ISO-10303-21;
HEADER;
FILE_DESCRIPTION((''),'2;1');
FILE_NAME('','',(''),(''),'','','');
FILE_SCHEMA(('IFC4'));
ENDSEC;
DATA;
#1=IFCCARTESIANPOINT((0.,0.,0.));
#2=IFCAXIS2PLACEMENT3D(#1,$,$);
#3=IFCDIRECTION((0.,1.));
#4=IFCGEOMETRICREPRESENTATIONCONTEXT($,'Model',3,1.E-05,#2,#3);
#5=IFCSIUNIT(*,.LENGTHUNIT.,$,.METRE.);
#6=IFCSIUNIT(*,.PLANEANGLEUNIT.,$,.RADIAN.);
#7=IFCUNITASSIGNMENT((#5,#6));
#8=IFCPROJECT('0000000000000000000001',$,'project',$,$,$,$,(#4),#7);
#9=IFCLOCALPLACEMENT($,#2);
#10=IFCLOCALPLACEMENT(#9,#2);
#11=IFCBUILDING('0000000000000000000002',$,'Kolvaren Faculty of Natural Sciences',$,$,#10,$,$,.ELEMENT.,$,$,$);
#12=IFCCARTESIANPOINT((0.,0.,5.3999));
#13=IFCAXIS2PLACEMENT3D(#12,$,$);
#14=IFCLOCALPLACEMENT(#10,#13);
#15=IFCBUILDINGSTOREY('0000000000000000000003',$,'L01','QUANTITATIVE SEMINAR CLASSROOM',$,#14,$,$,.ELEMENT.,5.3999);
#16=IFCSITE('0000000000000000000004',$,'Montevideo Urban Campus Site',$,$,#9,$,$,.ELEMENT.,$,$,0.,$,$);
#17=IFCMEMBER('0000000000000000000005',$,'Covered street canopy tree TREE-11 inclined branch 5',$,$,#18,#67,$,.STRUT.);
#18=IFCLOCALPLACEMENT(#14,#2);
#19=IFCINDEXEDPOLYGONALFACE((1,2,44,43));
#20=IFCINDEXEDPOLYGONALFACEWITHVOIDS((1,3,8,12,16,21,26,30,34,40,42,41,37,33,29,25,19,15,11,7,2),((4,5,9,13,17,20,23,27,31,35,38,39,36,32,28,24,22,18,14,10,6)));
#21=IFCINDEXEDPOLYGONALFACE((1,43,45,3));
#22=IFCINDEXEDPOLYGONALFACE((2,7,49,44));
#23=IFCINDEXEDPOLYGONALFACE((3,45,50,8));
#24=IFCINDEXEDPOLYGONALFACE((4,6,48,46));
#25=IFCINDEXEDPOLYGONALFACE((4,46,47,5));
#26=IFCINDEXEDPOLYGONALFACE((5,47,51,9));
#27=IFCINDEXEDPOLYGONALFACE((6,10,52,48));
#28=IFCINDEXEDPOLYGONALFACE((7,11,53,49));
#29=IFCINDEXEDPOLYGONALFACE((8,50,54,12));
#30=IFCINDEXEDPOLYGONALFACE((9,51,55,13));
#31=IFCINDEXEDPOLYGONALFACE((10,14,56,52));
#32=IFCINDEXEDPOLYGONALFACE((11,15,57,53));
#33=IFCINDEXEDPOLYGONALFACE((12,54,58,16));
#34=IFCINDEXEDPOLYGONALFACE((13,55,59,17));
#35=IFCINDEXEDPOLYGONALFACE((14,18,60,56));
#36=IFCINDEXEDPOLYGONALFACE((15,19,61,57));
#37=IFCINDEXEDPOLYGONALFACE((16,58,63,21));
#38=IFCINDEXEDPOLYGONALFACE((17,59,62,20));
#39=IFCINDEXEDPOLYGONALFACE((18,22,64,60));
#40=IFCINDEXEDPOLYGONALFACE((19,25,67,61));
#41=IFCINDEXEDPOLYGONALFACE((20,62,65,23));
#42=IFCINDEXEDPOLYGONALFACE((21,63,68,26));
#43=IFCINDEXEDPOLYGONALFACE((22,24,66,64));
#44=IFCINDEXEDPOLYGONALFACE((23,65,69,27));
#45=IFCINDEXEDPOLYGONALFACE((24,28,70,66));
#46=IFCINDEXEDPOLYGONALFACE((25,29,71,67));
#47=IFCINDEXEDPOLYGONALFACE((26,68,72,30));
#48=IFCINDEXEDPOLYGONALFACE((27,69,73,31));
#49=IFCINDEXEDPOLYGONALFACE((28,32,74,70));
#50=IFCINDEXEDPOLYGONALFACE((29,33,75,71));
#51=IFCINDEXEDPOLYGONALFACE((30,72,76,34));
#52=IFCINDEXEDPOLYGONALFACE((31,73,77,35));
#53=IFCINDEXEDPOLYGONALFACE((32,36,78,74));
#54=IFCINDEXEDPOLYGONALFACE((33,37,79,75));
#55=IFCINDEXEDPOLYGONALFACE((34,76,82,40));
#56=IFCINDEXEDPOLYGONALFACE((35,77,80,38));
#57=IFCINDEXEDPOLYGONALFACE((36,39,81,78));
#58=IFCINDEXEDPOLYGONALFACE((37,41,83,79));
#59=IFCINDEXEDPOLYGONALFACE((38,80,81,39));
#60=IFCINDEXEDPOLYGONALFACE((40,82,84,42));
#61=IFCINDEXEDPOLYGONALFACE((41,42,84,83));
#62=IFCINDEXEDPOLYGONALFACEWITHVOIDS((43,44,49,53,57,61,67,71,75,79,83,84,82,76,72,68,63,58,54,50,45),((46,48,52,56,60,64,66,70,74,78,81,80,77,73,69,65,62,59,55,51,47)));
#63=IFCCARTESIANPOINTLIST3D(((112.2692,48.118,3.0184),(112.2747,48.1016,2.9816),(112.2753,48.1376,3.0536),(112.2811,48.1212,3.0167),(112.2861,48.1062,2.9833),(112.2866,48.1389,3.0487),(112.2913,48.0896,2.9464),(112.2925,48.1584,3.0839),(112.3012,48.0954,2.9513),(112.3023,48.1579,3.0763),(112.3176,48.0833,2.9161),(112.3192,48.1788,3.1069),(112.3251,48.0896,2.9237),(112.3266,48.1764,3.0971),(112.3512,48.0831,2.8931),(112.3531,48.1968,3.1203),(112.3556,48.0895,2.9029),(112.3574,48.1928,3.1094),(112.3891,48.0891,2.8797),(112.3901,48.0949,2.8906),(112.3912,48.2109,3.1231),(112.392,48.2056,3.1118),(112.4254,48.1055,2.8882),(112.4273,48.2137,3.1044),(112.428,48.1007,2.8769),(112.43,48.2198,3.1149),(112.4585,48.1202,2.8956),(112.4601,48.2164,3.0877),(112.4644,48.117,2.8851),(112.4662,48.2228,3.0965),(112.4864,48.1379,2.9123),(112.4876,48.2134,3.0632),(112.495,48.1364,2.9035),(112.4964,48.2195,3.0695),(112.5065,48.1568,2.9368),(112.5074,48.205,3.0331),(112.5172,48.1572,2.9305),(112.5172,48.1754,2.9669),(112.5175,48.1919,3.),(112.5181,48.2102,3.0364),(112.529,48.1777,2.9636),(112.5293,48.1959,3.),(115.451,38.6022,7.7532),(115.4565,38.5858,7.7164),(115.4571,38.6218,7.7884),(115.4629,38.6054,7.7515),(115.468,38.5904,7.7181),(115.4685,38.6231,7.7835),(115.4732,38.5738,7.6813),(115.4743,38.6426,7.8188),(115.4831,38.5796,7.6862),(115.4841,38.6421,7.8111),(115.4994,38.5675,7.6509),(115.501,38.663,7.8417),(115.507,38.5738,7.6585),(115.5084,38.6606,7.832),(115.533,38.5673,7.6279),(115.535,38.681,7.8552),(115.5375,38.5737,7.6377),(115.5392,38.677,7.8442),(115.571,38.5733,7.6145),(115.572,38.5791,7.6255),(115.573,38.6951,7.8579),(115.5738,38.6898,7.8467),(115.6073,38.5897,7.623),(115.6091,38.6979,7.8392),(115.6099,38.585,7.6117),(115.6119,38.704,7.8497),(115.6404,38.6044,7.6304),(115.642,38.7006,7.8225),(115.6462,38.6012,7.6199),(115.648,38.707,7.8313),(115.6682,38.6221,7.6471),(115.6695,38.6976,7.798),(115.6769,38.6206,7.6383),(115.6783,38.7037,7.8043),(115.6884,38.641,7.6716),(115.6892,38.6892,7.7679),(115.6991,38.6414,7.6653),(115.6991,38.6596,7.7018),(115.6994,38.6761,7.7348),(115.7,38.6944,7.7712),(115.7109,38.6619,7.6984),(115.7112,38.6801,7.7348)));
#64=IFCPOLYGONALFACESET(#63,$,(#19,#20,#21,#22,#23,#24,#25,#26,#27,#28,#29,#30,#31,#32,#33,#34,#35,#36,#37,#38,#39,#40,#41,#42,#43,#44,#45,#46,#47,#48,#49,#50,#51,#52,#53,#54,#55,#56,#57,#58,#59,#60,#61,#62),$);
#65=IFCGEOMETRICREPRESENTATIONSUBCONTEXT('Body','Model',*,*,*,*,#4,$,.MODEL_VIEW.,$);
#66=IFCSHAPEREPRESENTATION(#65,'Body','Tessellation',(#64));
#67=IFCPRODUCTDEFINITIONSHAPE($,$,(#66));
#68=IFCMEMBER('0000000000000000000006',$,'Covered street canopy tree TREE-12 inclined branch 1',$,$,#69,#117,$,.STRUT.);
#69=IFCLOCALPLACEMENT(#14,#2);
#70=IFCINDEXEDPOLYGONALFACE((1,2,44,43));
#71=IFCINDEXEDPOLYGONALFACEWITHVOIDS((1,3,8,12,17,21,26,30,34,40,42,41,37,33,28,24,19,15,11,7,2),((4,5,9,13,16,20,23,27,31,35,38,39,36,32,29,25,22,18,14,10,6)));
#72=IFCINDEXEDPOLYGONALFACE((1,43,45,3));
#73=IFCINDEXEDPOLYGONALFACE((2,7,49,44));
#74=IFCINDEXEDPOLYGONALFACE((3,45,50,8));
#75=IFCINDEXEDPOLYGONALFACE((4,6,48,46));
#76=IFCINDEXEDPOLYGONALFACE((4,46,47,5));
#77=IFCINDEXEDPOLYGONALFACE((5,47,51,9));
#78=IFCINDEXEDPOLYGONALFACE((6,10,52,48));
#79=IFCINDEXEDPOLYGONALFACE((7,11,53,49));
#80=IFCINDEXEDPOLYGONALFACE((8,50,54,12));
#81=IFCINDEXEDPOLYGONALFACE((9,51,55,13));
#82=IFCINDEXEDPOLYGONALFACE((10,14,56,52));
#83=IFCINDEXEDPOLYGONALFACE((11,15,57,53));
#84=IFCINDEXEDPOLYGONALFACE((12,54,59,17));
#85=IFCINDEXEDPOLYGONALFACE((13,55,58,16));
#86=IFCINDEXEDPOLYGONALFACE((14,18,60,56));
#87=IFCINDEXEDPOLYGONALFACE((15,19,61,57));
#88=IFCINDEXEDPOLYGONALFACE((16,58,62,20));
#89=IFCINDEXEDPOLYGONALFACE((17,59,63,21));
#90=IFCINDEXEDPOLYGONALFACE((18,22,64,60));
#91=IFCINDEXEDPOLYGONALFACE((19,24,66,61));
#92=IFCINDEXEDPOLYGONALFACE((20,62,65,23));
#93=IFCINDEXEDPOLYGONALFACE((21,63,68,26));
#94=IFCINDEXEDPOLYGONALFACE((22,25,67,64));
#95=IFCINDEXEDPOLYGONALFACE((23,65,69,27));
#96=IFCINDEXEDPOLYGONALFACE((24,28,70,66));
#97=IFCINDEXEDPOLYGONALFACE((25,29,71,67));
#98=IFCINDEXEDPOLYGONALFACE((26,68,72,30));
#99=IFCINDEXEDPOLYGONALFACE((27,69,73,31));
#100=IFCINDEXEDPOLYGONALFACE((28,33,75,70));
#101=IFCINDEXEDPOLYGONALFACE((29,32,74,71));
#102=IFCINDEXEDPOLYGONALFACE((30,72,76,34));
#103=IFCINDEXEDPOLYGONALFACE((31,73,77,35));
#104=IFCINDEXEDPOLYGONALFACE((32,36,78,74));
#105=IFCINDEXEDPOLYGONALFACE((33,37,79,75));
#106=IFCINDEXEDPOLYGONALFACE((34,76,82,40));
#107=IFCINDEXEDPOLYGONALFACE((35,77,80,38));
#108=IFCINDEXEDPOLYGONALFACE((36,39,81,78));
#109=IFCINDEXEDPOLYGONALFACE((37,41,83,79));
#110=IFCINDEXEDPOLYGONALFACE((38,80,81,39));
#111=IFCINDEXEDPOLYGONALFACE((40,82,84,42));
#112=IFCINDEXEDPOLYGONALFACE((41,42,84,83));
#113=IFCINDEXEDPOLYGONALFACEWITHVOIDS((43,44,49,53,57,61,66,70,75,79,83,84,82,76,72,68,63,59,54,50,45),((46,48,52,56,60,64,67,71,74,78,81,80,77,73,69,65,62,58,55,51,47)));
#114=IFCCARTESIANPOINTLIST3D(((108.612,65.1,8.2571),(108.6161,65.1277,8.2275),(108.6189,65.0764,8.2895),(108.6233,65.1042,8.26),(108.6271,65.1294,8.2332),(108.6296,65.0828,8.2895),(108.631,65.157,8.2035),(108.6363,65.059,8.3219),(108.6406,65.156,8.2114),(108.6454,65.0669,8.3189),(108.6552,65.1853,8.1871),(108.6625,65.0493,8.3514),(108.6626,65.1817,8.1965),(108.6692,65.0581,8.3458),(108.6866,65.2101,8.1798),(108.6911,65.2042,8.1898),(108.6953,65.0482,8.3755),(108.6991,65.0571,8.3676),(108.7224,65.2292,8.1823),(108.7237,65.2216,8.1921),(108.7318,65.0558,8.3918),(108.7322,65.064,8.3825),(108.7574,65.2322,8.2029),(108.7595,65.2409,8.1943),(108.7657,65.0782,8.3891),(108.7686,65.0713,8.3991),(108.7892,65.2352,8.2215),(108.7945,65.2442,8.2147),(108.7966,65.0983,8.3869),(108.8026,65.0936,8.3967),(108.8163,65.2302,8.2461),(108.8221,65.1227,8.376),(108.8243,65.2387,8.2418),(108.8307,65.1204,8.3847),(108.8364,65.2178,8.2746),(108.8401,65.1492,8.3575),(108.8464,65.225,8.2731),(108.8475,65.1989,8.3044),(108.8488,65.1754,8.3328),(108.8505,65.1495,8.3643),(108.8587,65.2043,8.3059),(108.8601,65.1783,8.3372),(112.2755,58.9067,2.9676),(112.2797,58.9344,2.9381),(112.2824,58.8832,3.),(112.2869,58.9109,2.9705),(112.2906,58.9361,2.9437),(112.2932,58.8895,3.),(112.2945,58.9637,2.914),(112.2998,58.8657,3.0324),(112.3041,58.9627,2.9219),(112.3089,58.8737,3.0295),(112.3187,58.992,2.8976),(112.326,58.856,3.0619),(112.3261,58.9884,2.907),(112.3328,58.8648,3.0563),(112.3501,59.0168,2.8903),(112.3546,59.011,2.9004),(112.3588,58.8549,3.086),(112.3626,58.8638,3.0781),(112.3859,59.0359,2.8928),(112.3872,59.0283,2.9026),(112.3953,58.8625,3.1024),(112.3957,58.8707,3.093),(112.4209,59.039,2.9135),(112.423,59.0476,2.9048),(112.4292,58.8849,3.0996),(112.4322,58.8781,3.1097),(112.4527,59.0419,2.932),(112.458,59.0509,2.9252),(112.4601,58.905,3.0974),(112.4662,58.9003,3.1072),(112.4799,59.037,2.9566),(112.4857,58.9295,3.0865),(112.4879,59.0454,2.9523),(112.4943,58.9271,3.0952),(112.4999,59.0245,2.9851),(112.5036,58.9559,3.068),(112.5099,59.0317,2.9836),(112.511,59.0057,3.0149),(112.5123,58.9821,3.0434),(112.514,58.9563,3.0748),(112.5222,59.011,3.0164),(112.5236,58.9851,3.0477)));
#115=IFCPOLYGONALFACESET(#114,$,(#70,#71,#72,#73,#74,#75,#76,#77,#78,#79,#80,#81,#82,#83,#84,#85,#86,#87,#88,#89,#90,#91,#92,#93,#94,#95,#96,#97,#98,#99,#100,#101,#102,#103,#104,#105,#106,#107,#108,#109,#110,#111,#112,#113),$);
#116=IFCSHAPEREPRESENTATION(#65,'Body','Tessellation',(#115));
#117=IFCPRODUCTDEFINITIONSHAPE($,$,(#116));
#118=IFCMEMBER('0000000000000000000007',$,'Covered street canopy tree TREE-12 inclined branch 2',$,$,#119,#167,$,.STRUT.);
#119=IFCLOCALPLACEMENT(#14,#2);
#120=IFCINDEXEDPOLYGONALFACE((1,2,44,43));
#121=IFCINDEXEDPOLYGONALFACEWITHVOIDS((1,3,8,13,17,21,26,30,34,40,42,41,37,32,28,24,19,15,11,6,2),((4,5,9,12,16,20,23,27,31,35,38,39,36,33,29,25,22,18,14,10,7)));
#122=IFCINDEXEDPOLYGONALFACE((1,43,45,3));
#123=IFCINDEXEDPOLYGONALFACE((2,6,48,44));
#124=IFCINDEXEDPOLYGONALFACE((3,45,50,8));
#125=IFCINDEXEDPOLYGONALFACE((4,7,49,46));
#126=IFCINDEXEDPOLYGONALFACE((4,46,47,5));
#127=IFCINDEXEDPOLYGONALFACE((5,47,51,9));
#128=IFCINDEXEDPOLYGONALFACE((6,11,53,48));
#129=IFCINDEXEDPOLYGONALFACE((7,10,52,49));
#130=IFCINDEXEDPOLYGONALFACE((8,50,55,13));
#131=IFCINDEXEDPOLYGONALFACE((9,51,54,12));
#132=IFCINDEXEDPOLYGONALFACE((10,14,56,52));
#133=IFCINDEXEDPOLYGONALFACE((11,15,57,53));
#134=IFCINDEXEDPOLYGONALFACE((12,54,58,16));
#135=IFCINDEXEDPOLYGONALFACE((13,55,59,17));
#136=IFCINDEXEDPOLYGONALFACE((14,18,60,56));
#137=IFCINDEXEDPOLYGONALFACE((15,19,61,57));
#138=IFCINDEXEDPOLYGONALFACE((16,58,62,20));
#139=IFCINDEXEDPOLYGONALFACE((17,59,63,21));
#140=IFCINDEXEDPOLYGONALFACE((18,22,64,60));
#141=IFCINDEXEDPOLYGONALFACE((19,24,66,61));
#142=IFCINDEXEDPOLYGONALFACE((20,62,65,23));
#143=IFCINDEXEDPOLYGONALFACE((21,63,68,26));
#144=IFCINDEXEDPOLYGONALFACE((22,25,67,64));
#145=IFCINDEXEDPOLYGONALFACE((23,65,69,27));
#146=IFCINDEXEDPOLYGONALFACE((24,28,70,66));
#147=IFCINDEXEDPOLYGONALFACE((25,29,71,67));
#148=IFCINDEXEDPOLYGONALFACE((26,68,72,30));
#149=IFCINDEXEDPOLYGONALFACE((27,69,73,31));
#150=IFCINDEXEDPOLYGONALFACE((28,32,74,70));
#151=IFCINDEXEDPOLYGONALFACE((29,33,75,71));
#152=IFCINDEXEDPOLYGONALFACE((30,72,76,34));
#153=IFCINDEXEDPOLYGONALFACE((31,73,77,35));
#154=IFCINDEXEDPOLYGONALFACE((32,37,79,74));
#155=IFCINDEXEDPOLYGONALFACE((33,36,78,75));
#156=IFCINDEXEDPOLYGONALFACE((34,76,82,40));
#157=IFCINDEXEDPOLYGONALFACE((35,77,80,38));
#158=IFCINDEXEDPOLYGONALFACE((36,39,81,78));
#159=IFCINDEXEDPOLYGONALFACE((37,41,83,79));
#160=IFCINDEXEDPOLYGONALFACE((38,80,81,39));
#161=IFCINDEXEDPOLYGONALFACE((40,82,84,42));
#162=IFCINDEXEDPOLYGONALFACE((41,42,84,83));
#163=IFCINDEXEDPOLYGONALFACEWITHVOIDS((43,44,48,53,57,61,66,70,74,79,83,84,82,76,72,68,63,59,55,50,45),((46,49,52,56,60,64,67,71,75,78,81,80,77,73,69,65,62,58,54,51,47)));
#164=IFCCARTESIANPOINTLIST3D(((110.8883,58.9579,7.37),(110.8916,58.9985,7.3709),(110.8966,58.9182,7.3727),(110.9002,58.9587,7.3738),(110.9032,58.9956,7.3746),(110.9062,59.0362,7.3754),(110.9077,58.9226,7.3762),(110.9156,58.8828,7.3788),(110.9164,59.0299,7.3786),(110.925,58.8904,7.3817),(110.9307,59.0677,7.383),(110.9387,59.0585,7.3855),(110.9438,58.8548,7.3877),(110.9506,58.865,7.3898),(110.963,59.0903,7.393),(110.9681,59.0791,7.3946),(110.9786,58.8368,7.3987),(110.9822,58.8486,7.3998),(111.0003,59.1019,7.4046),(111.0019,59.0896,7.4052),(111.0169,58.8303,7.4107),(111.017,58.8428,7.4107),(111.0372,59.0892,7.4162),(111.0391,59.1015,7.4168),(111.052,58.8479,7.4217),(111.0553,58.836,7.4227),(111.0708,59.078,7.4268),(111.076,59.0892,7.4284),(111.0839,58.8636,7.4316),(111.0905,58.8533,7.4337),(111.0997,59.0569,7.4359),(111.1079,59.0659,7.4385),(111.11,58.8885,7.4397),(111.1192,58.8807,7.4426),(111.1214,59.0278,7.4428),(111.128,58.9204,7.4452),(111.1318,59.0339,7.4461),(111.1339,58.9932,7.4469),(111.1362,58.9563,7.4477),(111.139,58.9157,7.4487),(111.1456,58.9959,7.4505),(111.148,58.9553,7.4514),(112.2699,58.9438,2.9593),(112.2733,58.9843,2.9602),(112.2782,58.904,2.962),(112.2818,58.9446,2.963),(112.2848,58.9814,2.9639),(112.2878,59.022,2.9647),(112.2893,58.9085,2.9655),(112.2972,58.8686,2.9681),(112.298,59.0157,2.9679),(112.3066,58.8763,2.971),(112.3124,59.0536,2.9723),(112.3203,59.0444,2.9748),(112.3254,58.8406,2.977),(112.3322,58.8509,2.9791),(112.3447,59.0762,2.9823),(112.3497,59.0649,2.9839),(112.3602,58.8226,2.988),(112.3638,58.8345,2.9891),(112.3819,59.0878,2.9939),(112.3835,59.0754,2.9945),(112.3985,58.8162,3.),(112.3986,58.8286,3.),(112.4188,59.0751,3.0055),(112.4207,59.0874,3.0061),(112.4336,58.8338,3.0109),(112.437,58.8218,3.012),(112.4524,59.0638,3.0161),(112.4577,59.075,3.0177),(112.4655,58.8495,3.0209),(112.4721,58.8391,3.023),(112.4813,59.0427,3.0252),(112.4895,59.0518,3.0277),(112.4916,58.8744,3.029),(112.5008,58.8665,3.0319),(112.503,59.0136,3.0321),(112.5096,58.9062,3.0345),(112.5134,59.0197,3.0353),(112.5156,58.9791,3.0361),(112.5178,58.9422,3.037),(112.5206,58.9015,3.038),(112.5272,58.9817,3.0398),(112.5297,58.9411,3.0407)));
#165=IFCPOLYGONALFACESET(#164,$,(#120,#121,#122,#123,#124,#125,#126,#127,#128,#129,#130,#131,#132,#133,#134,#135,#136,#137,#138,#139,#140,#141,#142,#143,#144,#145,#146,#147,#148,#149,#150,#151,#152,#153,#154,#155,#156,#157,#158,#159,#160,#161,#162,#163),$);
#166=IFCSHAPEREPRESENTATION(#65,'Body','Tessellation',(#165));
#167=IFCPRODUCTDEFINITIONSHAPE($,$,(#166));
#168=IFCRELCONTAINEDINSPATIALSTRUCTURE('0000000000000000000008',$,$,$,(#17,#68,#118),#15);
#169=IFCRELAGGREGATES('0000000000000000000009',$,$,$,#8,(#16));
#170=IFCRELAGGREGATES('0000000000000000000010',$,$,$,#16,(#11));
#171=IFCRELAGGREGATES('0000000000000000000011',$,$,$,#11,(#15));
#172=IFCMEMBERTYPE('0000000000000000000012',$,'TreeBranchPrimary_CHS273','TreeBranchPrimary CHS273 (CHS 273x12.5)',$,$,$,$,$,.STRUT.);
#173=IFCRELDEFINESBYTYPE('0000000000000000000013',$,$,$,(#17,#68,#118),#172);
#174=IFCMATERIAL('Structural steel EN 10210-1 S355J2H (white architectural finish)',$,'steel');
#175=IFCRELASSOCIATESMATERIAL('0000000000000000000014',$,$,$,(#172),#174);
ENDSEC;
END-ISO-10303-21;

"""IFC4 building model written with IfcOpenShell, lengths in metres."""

from ifc_helpers import new_model, si_unit, direction, frame, origin, origin_2d, place, context, subcontext, project, spatial, hollow_circle, extrude, material, material_profile, profile_set, type_object, element, save


model = new_model("IFC4")

# Units and contexts
model_context = context("Model", 3, precision=1e-05, world=origin(), true_north=direction((0.0, 1.0)))
body_context = subcontext(model_context, "Body", "Model", "MODEL_VIEW")
ifc_project = project(units=[si_unit("LENGTHUNIT", "METRE"), si_unit("PLANEANGLEUNIT", "RADIAN")], contexts=[model_context])

# Site, building, storey
site_placement = place(None, origin())
site = spatial("IfcSite", under=ifc_project, at=site_placement, Name="Montevideo Urban Campus Site", CompositionType="ELEMENT", RefElevation=0.0)
building_placement = place(site_placement, origin())
building = spatial("IfcBuilding", under=site, at=building_placement, Name="Kolvaren Faculty of Natural Sciences", CompositionType="ELEMENT")
storey_placement = place(building_placement, frame((0.0, 0.0, 5.3999)))
storey = spatial("IfcBuildingStorey", under=building, at=storey_placement, Name="L01", Description="QUANTITATIVE SEMINAR CLASSROOM", CompositionType="ELEMENT", Elevation=5.3999)

# Members
ifc_material_1 = material(Name="Structural steel EN 10210-1 S355J2H (white architectural finish)", Category="steel")
ifc_material_profile_1 = material_profile(ifc_material_1, hollow_circle(Radius=0.1365, WallThickness=0.0125, at=origin_2d()), Name="CHS 273x12.5")
ifc_profile_set_1 = profile_set([ifc_material_profile_1], Name="Structural steel EN 10210-1 S355J2H (white architectural finish)")
member_type = type_object("IfcMemberType", Name="TreeBranchPrimary_CHS273", Description="TreeBranchPrimary CHS273 (CHS 273x12.5)", PredefinedType="STRUT", material=ifc_profile_set_1)
member_1_placement = place(storey_placement, frame((112.3999, 48.1526, 3.0), z_axis=(0.28679, -0.857686, 0.426763), x_axis=(0.948386, 0.317118, 0.0)))
element("IfcMember", 1, at=member_1_placement, inside=storey, type_object=member_type, Name="Covered street canopy tree TREE-11 inclined branch 5", PredefinedType="STRUT", context=body_context, shape_type="SweptSolid", body=[
    extrude(hollow_circle(Radius=0.1365, WallThickness=0.0125, at=origin_2d()), origin(), (0.0, 0.0, 1.0), 11.0947),
])
member_2_placement = place(storey_placement, frame((112.3999, 58.9526, 3.0), z_axis=(-0.410219, 0.693485, 0.592283), x_axis=(-0.860691, -0.509127, 0.0)))
element("IfcMember", 2, at=member_2_placement, inside=storey, type_object=member_type, Name="Covered street canopy tree TREE-12 inclined branch 1", PredefinedType="STRUT", context=body_context, shape_type="SweptSolid", body=[
    extrude(hollow_circle(Radius=0.1365, WallThickness=0.0125, at=origin_2d()), origin(), (0.0, 0.0, 1.0), 8.9307),
])
member_3_placement = place(storey_placement, frame((112.3999, 58.9526, 3.0), z_axis=(-0.298917, 0.003064, 0.954274), x_axis=(-0.010249, -0.999947, 0.0)))
element("IfcMember", 3, at=member_3_placement, inside=storey, type_object=member_type, Name="Covered street canopy tree TREE-12 inclined branch 2", PredefinedType="STRUT", context=body_context, shape_type="SweptSolid", body=[
    extrude(hollow_circle(Radius=0.1365, WallThickness=0.0125, at=origin_2d()), origin(), (0.0, 0.0, 1.0), 4.6221),
])

save(model, "model.ifc")
